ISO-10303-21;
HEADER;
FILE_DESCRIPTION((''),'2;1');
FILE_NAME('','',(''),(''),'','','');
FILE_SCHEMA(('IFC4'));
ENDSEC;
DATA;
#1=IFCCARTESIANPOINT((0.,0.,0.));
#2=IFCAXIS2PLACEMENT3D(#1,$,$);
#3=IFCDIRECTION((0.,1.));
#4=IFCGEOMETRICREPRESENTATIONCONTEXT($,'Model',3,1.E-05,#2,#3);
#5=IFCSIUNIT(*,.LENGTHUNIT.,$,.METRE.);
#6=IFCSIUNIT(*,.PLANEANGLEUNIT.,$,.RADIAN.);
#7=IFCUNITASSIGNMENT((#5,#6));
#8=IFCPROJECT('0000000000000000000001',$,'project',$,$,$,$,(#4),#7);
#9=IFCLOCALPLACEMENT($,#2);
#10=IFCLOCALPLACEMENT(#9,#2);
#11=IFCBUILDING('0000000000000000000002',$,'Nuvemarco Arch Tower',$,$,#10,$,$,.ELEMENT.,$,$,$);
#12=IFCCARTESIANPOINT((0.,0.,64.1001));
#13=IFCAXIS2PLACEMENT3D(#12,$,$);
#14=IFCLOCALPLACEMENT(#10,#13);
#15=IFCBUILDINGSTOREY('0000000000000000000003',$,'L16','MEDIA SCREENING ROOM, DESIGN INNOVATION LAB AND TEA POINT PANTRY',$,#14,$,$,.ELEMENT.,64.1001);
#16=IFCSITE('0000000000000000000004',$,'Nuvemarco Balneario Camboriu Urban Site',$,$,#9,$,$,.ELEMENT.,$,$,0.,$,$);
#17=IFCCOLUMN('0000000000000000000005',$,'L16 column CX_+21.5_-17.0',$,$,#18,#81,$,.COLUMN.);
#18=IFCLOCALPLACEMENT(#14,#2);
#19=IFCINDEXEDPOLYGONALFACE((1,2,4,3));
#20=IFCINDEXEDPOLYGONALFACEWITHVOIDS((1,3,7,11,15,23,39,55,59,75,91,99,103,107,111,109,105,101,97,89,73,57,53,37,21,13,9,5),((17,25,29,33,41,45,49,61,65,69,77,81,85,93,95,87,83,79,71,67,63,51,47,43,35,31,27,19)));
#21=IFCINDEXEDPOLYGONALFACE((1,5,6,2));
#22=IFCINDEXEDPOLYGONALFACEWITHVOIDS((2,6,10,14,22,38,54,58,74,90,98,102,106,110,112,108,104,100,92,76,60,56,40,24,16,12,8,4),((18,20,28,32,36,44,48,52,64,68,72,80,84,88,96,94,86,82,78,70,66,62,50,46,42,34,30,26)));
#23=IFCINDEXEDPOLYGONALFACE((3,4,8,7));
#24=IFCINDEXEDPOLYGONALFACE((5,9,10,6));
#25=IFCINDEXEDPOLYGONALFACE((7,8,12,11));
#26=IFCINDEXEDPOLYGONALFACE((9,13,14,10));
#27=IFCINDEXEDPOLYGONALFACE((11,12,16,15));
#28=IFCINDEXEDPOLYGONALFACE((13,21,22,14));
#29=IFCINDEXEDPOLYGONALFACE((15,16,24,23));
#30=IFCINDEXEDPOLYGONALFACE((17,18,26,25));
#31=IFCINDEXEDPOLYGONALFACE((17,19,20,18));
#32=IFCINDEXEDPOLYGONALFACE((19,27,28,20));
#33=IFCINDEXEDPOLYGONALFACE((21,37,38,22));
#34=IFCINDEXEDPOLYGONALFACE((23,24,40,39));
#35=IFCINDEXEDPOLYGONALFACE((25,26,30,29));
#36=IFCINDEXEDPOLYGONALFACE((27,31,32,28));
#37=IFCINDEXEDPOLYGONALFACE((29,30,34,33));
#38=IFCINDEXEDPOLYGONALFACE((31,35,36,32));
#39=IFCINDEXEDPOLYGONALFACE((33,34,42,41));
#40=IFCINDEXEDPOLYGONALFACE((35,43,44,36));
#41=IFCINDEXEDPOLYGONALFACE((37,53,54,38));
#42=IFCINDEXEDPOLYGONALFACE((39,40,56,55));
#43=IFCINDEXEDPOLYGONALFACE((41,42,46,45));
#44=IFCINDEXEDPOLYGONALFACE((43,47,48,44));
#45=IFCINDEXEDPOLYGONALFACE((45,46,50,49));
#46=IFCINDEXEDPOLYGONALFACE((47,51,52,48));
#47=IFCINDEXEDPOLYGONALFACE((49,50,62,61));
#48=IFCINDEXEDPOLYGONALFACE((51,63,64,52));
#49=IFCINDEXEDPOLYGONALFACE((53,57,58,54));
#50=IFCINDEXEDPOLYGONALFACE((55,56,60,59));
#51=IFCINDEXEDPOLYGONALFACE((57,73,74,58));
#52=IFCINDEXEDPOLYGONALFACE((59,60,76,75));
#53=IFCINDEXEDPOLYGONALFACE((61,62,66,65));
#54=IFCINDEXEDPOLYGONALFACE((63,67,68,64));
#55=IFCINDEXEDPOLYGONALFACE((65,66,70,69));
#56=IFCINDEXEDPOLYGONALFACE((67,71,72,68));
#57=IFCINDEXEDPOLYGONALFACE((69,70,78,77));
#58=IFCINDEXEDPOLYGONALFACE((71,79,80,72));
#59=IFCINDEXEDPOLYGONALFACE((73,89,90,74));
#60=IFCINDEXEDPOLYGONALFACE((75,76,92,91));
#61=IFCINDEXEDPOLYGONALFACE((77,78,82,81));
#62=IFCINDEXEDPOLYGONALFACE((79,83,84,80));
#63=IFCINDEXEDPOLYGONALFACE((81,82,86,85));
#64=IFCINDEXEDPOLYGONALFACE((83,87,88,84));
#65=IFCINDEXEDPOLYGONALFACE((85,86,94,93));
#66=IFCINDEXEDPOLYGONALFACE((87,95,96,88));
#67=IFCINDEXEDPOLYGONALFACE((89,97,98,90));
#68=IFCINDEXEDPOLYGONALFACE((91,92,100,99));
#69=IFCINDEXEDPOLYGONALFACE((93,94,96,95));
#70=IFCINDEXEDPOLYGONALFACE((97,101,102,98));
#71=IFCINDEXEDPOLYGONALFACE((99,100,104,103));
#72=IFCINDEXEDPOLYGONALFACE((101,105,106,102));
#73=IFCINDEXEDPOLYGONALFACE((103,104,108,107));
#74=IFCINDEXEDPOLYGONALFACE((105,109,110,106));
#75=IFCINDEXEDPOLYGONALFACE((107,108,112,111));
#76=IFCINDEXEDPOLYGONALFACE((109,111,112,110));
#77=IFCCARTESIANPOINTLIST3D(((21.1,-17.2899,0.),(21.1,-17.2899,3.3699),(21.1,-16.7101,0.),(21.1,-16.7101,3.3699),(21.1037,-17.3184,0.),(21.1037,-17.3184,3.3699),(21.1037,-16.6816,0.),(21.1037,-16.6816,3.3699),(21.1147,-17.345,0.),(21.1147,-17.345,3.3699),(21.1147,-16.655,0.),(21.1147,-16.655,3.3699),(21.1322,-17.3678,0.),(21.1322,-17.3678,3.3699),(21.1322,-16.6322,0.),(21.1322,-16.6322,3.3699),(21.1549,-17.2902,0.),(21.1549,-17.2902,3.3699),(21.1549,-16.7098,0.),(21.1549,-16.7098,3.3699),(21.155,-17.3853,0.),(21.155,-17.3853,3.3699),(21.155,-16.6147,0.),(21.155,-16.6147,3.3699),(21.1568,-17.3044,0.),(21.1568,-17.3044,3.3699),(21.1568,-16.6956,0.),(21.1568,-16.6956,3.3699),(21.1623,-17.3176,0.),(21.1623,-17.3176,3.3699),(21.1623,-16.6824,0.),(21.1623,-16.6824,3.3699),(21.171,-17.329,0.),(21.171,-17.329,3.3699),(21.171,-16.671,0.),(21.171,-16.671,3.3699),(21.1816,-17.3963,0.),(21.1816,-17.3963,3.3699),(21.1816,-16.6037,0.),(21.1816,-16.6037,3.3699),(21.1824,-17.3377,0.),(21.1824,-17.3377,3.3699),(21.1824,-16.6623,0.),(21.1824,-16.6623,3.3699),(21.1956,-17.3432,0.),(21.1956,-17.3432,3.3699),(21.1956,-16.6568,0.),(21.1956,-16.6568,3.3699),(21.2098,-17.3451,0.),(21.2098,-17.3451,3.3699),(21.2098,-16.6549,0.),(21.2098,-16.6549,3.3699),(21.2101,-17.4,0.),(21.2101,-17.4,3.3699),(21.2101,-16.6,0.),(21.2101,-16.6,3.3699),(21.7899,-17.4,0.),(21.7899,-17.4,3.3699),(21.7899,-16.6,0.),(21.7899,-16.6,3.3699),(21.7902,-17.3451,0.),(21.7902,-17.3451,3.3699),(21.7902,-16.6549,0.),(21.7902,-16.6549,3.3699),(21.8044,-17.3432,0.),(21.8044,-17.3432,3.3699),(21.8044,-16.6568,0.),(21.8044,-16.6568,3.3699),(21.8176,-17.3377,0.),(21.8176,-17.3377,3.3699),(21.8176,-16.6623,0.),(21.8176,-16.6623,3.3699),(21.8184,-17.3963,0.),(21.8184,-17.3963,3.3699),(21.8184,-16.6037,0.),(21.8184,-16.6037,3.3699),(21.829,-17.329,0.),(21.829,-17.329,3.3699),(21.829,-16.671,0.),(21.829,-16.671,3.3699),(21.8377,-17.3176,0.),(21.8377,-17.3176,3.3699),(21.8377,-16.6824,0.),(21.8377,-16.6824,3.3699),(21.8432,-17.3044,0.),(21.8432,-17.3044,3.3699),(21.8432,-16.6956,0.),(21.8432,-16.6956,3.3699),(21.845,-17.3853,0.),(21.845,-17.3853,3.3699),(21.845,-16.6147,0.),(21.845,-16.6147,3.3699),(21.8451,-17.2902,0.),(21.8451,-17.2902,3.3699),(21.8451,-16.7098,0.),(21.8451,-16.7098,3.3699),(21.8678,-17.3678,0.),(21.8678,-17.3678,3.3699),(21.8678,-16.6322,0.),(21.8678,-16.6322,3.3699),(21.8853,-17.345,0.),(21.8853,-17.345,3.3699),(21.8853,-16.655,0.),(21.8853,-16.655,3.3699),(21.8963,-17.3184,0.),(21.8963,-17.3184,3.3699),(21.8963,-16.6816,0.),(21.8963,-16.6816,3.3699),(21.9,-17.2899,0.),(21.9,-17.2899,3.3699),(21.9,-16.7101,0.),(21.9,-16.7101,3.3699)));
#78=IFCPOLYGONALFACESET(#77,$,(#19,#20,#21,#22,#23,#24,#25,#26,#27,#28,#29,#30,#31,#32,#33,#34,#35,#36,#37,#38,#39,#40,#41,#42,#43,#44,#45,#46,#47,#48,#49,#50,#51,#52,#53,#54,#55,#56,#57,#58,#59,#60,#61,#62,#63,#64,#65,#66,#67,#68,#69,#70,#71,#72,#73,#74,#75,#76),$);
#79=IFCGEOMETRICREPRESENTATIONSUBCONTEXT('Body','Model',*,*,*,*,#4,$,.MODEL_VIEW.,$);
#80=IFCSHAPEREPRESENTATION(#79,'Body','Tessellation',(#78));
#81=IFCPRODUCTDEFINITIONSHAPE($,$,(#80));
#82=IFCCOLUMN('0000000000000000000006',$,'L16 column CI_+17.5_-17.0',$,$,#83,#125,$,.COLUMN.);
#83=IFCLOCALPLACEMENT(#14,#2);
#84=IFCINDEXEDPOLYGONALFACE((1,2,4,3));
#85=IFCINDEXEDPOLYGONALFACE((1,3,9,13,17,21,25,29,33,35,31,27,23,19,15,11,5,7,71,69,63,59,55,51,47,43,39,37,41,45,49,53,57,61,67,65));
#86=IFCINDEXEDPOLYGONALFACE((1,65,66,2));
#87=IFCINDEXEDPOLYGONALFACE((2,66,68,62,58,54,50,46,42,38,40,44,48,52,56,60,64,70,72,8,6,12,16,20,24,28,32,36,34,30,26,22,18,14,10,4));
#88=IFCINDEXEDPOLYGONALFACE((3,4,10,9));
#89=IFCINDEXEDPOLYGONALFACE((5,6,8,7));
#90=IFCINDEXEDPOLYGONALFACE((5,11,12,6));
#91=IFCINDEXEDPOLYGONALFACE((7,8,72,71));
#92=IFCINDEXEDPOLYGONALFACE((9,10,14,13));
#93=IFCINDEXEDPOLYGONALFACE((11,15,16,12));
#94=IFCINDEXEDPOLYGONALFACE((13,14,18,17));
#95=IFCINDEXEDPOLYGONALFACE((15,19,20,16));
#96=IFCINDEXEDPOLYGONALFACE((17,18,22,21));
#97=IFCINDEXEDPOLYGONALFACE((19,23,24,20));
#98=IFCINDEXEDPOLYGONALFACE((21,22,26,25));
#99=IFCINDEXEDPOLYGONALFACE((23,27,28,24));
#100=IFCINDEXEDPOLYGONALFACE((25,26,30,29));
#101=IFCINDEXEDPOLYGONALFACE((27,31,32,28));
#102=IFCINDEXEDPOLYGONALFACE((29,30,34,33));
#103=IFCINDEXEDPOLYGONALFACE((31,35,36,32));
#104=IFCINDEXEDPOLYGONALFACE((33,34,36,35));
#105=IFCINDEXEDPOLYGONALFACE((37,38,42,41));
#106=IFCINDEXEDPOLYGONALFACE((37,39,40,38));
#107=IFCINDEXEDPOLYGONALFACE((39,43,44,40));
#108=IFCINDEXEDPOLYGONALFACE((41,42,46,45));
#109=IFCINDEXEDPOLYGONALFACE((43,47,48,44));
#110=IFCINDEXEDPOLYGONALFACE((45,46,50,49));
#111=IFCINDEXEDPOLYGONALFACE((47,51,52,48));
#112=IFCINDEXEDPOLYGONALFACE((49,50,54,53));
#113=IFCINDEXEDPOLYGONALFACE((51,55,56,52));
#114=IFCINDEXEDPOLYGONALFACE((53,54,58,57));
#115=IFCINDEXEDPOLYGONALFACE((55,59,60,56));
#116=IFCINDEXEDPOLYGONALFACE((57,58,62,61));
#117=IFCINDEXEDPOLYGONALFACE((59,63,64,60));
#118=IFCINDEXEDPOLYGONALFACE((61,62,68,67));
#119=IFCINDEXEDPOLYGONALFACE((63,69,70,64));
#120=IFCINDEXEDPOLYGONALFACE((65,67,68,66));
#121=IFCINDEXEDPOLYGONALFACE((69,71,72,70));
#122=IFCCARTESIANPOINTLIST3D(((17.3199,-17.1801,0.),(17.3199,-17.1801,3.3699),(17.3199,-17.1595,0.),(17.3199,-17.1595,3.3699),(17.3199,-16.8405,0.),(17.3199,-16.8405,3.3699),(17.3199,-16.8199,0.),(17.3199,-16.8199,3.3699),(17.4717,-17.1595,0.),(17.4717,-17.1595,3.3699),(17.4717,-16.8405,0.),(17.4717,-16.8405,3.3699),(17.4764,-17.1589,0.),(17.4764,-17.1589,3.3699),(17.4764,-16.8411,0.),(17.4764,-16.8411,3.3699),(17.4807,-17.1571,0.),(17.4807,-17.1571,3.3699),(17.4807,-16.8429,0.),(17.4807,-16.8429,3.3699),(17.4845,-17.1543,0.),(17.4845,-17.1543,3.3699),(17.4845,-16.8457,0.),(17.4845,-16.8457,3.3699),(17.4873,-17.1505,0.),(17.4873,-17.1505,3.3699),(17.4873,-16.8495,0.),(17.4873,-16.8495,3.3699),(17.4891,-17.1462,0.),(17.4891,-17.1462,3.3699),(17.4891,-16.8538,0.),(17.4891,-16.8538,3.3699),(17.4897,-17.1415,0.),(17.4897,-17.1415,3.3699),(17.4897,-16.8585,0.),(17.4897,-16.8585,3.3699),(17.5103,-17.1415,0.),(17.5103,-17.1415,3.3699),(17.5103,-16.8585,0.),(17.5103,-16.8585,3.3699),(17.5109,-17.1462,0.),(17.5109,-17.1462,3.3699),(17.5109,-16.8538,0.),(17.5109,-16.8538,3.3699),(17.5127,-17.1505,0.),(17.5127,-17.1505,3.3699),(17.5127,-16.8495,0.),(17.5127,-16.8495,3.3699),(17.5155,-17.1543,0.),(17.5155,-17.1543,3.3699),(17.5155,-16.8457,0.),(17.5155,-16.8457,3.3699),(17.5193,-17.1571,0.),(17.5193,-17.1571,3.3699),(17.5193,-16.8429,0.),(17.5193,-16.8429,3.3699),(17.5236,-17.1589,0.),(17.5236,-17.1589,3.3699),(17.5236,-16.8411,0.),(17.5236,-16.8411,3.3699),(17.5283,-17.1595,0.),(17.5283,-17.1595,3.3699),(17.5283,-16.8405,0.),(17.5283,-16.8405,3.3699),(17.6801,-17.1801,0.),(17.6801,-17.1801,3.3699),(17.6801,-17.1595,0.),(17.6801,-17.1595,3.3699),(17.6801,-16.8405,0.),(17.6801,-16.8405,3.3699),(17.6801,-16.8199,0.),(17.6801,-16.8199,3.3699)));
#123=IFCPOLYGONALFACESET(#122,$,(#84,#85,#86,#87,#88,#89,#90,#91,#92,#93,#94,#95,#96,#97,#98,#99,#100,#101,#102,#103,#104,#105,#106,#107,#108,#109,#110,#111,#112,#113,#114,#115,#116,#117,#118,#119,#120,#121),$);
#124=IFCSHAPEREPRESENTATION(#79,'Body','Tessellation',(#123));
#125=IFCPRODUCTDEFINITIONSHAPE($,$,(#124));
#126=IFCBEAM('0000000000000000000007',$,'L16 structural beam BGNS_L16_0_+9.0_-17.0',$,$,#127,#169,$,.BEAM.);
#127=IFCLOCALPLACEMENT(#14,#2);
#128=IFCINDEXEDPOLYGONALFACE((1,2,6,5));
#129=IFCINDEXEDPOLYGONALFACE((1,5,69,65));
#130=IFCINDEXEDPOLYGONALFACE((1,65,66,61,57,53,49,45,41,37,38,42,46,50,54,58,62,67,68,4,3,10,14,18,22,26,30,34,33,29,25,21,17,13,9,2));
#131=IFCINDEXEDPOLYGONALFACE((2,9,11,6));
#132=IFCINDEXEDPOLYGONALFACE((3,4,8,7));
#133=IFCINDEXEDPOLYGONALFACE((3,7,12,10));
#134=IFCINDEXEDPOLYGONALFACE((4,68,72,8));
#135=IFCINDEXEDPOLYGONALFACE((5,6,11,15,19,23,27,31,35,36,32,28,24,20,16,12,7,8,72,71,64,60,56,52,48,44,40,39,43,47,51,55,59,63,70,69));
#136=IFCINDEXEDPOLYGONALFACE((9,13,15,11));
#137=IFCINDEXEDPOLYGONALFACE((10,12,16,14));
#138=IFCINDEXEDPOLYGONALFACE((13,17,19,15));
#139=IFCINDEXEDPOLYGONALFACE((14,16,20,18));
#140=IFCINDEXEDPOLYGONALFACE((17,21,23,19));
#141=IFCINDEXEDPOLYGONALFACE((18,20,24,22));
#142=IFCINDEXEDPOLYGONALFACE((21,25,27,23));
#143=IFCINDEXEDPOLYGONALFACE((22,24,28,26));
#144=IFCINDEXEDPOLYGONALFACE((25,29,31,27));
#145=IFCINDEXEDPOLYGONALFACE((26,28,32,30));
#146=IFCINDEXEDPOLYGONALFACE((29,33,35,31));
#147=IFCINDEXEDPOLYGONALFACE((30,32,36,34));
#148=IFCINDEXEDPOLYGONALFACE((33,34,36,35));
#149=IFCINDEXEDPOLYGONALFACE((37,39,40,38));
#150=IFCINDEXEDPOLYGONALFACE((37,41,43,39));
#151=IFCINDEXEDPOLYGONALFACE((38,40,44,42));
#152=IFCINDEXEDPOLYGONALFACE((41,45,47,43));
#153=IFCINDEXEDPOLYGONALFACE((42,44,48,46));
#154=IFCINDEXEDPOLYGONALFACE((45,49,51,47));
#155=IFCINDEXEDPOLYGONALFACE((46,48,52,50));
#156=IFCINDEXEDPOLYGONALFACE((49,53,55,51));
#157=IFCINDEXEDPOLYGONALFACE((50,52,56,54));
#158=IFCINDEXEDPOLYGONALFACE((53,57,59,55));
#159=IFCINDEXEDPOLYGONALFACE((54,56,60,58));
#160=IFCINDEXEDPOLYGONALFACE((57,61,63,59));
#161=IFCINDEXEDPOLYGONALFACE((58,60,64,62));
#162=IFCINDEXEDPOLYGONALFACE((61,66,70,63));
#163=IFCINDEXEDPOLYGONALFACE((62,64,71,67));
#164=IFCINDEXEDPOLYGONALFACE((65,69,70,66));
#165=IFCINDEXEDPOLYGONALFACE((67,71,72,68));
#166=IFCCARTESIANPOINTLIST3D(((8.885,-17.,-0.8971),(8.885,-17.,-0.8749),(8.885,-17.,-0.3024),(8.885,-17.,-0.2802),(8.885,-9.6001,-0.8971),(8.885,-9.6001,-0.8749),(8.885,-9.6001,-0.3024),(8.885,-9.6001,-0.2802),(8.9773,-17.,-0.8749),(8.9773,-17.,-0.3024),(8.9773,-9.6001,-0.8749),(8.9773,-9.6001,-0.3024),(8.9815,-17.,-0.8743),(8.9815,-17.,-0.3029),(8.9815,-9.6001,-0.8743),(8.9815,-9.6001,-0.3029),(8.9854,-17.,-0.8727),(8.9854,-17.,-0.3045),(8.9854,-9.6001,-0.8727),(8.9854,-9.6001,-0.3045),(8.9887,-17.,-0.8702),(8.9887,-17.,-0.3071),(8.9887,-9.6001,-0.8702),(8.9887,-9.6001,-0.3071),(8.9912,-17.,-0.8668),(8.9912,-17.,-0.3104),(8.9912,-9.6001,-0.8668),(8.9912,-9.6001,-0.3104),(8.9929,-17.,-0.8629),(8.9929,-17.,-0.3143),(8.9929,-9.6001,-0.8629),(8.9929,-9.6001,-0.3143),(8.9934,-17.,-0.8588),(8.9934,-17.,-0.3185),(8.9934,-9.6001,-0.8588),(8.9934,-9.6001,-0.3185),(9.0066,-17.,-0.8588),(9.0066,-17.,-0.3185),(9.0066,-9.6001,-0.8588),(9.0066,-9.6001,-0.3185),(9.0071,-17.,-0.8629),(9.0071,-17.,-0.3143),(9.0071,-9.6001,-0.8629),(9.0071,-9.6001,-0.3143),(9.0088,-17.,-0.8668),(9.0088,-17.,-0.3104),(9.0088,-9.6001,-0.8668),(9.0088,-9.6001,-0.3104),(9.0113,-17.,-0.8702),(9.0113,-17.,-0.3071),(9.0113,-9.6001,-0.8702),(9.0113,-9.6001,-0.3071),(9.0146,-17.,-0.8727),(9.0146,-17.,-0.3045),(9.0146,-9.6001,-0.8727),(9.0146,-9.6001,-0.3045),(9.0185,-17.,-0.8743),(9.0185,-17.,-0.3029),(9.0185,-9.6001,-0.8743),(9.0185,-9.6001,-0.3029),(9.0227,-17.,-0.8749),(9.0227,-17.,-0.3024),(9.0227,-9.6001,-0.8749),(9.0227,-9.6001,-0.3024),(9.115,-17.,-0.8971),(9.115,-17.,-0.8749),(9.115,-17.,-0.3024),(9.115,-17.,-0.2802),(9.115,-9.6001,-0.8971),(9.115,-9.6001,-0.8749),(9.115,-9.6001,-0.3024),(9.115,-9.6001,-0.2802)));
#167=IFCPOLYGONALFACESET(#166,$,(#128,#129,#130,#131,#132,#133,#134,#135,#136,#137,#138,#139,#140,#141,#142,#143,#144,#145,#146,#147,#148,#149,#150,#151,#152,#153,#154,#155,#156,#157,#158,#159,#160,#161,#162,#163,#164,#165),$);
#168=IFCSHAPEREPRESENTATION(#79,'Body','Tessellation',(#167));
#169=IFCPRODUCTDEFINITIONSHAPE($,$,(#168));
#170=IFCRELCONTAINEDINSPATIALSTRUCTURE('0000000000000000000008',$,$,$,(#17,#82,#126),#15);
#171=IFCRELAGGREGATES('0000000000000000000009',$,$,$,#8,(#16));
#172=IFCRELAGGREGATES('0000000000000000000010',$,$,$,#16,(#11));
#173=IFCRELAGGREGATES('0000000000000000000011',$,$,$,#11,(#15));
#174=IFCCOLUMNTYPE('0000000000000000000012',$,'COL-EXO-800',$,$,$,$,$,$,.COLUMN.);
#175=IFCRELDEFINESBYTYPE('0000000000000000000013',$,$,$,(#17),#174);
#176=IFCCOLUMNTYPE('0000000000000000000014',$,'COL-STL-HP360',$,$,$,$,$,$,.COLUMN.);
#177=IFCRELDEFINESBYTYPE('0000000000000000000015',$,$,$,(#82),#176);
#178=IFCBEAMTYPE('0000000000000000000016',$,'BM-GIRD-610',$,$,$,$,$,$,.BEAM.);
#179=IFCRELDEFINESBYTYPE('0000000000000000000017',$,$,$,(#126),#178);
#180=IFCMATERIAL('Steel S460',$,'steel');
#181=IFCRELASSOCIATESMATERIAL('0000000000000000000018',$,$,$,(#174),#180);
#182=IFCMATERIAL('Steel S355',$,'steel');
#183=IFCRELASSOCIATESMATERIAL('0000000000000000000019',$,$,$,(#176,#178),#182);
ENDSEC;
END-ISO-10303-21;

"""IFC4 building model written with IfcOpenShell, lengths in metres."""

from ifc_helpers import new_model, si_unit, direction, frame, origin, origin_2d, place, context, subcontext, project, spatial, hollow_rectangle, i_section, extrude, material, material_profile, profile_set, type_object, element, save


model = new_model("IFC4")

# Units and contexts
model_context = context("Model", 3, precision=1e-05, world=origin(), true_north=direction((0.0, 1.0)))
body_context = subcontext(model_context, "Body", "Model", "MODEL_VIEW")
ifc_project = project(units=[si_unit("LENGTHUNIT", "METRE"), si_unit("PLANEANGLEUNIT", "RADIAN")], contexts=[model_context])

# Site, building, storey
site_placement = place(None, origin())
site = spatial("IfcSite", under=ifc_project, at=site_placement, Name="Nuvemarco Balneario Camboriu Urban Site", CompositionType="ELEMENT", RefElevation=0.0)
building_placement = place(site_placement, origin())
building = spatial("IfcBuilding", under=site, at=building_placement, Name="Nuvemarco Arch Tower", CompositionType="ELEMENT")
storey_placement = place(building_placement, frame((0.0, 0.0, 64.1001)))
storey = spatial("IfcBuildingStorey", under=building, at=storey_placement, Name="L16", Description="MEDIA SCREENING ROOM, DESIGN INNOVATION LAB AND TEA POINT PANTRY", CompositionType="ELEMENT", Elevation=64.1001)

# Columns
ifc_material_1 = material(Name="Steel S460", Category="steel")
ifc_material_profile_1 = material_profile(ifc_material_1, hollow_rectangle(XDim=0.8, YDim=0.8, WallThickness=0.0549, InnerFilletRadius=0.0549, OuterFilletRadius=0.1101, at=origin_2d()), Name="SHS800x800x55")
ifc_profile_set_1 = profile_set([ifc_material_profile_1], Name="Steel S460")
column_type_1 = type_object("IfcColumnType", Name="COL-EXO-800", PredefinedType="COLUMN", material=ifc_profile_set_1)
column_1_placement = place(storey_placement, frame((21.5, -17.0, 0.0), z_axis=(0.0, 0.0, 1.0), x_axis=(1.0, 0.0, 0.0)))
element("IfcColumn", 1, at=column_1_placement, inside=storey, type_object=column_type_1, Name="L16 column CX_+21.5_-17.0", PredefinedType="COLUMN", context=body_context, shape_type="SweptSolid", body=[
    extrude(hollow_rectangle(XDim=0.8, YDim=0.8, WallThickness=0.0549, InnerFilletRadius=0.0549, OuterFilletRadius=0.1101, at=origin_2d()), origin(), (0.0, 0.0, 1.0), 3.3699),
])
ifc_material_2 = material(Name="Steel S355", Category="steel")
ifc_material_profile_2 = material_profile(ifc_material_2, i_section(OverallWidth=0.3601, OverallDepth=0.3601, WebThickness=0.0205, FlangeThickness=0.0205, FilletRadius=0.0181, at=origin_2d()), Name="HP360x174")
ifc_profile_set_2 = profile_set([ifc_material_profile_2], Name="Steel S355")
column_type_2 = type_object("IfcColumnType", Name="COL-STL-HP360", PredefinedType="COLUMN", material=ifc_profile_set_2)
column_2_placement = place(storey_placement, frame((17.5, -17.0, 0.0), z_axis=(0.0, 0.0, 1.0), x_axis=(1.0, 0.0, 0.0)))
element("IfcColumn", 2, at=column_2_placement, inside=storey, type_object=column_type_2, Name="L16 column CI_+17.5_-17.0", PredefinedType="COLUMN", context=body_context, shape_type="SweptSolid", body=[
    extrude(i_section(OverallWidth=0.3601, OverallDepth=0.3601, WebThickness=0.0205, FlangeThickness=0.0205, FilletRadius=0.0181, at=origin_2d()), origin(), (0.0, 0.0, 1.0), 3.3699),
])

# Beam
ifc_material_profile_3 = material_profile(ifc_material_2, i_section(OverallWidth=0.23, OverallDepth=0.6169, WebThickness=0.0132, FlangeThickness=0.0222, FilletRadius=0.0161, at=origin_2d()), Name="W610x140")
ifc_profile_set_3 = profile_set([ifc_material_profile_3], Name="Steel S355")
beam_type_1 = type_object("IfcBeamType", Name="BM-GIRD-610", PredefinedType="BEAM", material=ifc_profile_set_3)
for number, where, z_axis, x_axis, name in (
    (3, (9.0, -17.0, -0.5886), (0.0, 1.0, 0.0), (-1.0, 0.0, 0.0), "L16 structural beam BGNS_L16_0_+9.0_-17.0"),
):
    element("IfcBeam", number, at=place(storey_placement, frame(where, z_axis=z_axis, x_axis=x_axis)), inside=storey, type_object=beam_type_1, Name=name, PredefinedType="BEAM", context=body_context, shape_type="SweptSolid", body=[
        extrude(i_section(OverallWidth=0.23, OverallDepth=0.6169, WebThickness=0.0132, FlangeThickness=0.0222, FilletRadius=0.0161, at=origin_2d()), origin(), (0.0, 0.0, 1.0), 7.3999),
    ])

save(model, "model.ifc")
